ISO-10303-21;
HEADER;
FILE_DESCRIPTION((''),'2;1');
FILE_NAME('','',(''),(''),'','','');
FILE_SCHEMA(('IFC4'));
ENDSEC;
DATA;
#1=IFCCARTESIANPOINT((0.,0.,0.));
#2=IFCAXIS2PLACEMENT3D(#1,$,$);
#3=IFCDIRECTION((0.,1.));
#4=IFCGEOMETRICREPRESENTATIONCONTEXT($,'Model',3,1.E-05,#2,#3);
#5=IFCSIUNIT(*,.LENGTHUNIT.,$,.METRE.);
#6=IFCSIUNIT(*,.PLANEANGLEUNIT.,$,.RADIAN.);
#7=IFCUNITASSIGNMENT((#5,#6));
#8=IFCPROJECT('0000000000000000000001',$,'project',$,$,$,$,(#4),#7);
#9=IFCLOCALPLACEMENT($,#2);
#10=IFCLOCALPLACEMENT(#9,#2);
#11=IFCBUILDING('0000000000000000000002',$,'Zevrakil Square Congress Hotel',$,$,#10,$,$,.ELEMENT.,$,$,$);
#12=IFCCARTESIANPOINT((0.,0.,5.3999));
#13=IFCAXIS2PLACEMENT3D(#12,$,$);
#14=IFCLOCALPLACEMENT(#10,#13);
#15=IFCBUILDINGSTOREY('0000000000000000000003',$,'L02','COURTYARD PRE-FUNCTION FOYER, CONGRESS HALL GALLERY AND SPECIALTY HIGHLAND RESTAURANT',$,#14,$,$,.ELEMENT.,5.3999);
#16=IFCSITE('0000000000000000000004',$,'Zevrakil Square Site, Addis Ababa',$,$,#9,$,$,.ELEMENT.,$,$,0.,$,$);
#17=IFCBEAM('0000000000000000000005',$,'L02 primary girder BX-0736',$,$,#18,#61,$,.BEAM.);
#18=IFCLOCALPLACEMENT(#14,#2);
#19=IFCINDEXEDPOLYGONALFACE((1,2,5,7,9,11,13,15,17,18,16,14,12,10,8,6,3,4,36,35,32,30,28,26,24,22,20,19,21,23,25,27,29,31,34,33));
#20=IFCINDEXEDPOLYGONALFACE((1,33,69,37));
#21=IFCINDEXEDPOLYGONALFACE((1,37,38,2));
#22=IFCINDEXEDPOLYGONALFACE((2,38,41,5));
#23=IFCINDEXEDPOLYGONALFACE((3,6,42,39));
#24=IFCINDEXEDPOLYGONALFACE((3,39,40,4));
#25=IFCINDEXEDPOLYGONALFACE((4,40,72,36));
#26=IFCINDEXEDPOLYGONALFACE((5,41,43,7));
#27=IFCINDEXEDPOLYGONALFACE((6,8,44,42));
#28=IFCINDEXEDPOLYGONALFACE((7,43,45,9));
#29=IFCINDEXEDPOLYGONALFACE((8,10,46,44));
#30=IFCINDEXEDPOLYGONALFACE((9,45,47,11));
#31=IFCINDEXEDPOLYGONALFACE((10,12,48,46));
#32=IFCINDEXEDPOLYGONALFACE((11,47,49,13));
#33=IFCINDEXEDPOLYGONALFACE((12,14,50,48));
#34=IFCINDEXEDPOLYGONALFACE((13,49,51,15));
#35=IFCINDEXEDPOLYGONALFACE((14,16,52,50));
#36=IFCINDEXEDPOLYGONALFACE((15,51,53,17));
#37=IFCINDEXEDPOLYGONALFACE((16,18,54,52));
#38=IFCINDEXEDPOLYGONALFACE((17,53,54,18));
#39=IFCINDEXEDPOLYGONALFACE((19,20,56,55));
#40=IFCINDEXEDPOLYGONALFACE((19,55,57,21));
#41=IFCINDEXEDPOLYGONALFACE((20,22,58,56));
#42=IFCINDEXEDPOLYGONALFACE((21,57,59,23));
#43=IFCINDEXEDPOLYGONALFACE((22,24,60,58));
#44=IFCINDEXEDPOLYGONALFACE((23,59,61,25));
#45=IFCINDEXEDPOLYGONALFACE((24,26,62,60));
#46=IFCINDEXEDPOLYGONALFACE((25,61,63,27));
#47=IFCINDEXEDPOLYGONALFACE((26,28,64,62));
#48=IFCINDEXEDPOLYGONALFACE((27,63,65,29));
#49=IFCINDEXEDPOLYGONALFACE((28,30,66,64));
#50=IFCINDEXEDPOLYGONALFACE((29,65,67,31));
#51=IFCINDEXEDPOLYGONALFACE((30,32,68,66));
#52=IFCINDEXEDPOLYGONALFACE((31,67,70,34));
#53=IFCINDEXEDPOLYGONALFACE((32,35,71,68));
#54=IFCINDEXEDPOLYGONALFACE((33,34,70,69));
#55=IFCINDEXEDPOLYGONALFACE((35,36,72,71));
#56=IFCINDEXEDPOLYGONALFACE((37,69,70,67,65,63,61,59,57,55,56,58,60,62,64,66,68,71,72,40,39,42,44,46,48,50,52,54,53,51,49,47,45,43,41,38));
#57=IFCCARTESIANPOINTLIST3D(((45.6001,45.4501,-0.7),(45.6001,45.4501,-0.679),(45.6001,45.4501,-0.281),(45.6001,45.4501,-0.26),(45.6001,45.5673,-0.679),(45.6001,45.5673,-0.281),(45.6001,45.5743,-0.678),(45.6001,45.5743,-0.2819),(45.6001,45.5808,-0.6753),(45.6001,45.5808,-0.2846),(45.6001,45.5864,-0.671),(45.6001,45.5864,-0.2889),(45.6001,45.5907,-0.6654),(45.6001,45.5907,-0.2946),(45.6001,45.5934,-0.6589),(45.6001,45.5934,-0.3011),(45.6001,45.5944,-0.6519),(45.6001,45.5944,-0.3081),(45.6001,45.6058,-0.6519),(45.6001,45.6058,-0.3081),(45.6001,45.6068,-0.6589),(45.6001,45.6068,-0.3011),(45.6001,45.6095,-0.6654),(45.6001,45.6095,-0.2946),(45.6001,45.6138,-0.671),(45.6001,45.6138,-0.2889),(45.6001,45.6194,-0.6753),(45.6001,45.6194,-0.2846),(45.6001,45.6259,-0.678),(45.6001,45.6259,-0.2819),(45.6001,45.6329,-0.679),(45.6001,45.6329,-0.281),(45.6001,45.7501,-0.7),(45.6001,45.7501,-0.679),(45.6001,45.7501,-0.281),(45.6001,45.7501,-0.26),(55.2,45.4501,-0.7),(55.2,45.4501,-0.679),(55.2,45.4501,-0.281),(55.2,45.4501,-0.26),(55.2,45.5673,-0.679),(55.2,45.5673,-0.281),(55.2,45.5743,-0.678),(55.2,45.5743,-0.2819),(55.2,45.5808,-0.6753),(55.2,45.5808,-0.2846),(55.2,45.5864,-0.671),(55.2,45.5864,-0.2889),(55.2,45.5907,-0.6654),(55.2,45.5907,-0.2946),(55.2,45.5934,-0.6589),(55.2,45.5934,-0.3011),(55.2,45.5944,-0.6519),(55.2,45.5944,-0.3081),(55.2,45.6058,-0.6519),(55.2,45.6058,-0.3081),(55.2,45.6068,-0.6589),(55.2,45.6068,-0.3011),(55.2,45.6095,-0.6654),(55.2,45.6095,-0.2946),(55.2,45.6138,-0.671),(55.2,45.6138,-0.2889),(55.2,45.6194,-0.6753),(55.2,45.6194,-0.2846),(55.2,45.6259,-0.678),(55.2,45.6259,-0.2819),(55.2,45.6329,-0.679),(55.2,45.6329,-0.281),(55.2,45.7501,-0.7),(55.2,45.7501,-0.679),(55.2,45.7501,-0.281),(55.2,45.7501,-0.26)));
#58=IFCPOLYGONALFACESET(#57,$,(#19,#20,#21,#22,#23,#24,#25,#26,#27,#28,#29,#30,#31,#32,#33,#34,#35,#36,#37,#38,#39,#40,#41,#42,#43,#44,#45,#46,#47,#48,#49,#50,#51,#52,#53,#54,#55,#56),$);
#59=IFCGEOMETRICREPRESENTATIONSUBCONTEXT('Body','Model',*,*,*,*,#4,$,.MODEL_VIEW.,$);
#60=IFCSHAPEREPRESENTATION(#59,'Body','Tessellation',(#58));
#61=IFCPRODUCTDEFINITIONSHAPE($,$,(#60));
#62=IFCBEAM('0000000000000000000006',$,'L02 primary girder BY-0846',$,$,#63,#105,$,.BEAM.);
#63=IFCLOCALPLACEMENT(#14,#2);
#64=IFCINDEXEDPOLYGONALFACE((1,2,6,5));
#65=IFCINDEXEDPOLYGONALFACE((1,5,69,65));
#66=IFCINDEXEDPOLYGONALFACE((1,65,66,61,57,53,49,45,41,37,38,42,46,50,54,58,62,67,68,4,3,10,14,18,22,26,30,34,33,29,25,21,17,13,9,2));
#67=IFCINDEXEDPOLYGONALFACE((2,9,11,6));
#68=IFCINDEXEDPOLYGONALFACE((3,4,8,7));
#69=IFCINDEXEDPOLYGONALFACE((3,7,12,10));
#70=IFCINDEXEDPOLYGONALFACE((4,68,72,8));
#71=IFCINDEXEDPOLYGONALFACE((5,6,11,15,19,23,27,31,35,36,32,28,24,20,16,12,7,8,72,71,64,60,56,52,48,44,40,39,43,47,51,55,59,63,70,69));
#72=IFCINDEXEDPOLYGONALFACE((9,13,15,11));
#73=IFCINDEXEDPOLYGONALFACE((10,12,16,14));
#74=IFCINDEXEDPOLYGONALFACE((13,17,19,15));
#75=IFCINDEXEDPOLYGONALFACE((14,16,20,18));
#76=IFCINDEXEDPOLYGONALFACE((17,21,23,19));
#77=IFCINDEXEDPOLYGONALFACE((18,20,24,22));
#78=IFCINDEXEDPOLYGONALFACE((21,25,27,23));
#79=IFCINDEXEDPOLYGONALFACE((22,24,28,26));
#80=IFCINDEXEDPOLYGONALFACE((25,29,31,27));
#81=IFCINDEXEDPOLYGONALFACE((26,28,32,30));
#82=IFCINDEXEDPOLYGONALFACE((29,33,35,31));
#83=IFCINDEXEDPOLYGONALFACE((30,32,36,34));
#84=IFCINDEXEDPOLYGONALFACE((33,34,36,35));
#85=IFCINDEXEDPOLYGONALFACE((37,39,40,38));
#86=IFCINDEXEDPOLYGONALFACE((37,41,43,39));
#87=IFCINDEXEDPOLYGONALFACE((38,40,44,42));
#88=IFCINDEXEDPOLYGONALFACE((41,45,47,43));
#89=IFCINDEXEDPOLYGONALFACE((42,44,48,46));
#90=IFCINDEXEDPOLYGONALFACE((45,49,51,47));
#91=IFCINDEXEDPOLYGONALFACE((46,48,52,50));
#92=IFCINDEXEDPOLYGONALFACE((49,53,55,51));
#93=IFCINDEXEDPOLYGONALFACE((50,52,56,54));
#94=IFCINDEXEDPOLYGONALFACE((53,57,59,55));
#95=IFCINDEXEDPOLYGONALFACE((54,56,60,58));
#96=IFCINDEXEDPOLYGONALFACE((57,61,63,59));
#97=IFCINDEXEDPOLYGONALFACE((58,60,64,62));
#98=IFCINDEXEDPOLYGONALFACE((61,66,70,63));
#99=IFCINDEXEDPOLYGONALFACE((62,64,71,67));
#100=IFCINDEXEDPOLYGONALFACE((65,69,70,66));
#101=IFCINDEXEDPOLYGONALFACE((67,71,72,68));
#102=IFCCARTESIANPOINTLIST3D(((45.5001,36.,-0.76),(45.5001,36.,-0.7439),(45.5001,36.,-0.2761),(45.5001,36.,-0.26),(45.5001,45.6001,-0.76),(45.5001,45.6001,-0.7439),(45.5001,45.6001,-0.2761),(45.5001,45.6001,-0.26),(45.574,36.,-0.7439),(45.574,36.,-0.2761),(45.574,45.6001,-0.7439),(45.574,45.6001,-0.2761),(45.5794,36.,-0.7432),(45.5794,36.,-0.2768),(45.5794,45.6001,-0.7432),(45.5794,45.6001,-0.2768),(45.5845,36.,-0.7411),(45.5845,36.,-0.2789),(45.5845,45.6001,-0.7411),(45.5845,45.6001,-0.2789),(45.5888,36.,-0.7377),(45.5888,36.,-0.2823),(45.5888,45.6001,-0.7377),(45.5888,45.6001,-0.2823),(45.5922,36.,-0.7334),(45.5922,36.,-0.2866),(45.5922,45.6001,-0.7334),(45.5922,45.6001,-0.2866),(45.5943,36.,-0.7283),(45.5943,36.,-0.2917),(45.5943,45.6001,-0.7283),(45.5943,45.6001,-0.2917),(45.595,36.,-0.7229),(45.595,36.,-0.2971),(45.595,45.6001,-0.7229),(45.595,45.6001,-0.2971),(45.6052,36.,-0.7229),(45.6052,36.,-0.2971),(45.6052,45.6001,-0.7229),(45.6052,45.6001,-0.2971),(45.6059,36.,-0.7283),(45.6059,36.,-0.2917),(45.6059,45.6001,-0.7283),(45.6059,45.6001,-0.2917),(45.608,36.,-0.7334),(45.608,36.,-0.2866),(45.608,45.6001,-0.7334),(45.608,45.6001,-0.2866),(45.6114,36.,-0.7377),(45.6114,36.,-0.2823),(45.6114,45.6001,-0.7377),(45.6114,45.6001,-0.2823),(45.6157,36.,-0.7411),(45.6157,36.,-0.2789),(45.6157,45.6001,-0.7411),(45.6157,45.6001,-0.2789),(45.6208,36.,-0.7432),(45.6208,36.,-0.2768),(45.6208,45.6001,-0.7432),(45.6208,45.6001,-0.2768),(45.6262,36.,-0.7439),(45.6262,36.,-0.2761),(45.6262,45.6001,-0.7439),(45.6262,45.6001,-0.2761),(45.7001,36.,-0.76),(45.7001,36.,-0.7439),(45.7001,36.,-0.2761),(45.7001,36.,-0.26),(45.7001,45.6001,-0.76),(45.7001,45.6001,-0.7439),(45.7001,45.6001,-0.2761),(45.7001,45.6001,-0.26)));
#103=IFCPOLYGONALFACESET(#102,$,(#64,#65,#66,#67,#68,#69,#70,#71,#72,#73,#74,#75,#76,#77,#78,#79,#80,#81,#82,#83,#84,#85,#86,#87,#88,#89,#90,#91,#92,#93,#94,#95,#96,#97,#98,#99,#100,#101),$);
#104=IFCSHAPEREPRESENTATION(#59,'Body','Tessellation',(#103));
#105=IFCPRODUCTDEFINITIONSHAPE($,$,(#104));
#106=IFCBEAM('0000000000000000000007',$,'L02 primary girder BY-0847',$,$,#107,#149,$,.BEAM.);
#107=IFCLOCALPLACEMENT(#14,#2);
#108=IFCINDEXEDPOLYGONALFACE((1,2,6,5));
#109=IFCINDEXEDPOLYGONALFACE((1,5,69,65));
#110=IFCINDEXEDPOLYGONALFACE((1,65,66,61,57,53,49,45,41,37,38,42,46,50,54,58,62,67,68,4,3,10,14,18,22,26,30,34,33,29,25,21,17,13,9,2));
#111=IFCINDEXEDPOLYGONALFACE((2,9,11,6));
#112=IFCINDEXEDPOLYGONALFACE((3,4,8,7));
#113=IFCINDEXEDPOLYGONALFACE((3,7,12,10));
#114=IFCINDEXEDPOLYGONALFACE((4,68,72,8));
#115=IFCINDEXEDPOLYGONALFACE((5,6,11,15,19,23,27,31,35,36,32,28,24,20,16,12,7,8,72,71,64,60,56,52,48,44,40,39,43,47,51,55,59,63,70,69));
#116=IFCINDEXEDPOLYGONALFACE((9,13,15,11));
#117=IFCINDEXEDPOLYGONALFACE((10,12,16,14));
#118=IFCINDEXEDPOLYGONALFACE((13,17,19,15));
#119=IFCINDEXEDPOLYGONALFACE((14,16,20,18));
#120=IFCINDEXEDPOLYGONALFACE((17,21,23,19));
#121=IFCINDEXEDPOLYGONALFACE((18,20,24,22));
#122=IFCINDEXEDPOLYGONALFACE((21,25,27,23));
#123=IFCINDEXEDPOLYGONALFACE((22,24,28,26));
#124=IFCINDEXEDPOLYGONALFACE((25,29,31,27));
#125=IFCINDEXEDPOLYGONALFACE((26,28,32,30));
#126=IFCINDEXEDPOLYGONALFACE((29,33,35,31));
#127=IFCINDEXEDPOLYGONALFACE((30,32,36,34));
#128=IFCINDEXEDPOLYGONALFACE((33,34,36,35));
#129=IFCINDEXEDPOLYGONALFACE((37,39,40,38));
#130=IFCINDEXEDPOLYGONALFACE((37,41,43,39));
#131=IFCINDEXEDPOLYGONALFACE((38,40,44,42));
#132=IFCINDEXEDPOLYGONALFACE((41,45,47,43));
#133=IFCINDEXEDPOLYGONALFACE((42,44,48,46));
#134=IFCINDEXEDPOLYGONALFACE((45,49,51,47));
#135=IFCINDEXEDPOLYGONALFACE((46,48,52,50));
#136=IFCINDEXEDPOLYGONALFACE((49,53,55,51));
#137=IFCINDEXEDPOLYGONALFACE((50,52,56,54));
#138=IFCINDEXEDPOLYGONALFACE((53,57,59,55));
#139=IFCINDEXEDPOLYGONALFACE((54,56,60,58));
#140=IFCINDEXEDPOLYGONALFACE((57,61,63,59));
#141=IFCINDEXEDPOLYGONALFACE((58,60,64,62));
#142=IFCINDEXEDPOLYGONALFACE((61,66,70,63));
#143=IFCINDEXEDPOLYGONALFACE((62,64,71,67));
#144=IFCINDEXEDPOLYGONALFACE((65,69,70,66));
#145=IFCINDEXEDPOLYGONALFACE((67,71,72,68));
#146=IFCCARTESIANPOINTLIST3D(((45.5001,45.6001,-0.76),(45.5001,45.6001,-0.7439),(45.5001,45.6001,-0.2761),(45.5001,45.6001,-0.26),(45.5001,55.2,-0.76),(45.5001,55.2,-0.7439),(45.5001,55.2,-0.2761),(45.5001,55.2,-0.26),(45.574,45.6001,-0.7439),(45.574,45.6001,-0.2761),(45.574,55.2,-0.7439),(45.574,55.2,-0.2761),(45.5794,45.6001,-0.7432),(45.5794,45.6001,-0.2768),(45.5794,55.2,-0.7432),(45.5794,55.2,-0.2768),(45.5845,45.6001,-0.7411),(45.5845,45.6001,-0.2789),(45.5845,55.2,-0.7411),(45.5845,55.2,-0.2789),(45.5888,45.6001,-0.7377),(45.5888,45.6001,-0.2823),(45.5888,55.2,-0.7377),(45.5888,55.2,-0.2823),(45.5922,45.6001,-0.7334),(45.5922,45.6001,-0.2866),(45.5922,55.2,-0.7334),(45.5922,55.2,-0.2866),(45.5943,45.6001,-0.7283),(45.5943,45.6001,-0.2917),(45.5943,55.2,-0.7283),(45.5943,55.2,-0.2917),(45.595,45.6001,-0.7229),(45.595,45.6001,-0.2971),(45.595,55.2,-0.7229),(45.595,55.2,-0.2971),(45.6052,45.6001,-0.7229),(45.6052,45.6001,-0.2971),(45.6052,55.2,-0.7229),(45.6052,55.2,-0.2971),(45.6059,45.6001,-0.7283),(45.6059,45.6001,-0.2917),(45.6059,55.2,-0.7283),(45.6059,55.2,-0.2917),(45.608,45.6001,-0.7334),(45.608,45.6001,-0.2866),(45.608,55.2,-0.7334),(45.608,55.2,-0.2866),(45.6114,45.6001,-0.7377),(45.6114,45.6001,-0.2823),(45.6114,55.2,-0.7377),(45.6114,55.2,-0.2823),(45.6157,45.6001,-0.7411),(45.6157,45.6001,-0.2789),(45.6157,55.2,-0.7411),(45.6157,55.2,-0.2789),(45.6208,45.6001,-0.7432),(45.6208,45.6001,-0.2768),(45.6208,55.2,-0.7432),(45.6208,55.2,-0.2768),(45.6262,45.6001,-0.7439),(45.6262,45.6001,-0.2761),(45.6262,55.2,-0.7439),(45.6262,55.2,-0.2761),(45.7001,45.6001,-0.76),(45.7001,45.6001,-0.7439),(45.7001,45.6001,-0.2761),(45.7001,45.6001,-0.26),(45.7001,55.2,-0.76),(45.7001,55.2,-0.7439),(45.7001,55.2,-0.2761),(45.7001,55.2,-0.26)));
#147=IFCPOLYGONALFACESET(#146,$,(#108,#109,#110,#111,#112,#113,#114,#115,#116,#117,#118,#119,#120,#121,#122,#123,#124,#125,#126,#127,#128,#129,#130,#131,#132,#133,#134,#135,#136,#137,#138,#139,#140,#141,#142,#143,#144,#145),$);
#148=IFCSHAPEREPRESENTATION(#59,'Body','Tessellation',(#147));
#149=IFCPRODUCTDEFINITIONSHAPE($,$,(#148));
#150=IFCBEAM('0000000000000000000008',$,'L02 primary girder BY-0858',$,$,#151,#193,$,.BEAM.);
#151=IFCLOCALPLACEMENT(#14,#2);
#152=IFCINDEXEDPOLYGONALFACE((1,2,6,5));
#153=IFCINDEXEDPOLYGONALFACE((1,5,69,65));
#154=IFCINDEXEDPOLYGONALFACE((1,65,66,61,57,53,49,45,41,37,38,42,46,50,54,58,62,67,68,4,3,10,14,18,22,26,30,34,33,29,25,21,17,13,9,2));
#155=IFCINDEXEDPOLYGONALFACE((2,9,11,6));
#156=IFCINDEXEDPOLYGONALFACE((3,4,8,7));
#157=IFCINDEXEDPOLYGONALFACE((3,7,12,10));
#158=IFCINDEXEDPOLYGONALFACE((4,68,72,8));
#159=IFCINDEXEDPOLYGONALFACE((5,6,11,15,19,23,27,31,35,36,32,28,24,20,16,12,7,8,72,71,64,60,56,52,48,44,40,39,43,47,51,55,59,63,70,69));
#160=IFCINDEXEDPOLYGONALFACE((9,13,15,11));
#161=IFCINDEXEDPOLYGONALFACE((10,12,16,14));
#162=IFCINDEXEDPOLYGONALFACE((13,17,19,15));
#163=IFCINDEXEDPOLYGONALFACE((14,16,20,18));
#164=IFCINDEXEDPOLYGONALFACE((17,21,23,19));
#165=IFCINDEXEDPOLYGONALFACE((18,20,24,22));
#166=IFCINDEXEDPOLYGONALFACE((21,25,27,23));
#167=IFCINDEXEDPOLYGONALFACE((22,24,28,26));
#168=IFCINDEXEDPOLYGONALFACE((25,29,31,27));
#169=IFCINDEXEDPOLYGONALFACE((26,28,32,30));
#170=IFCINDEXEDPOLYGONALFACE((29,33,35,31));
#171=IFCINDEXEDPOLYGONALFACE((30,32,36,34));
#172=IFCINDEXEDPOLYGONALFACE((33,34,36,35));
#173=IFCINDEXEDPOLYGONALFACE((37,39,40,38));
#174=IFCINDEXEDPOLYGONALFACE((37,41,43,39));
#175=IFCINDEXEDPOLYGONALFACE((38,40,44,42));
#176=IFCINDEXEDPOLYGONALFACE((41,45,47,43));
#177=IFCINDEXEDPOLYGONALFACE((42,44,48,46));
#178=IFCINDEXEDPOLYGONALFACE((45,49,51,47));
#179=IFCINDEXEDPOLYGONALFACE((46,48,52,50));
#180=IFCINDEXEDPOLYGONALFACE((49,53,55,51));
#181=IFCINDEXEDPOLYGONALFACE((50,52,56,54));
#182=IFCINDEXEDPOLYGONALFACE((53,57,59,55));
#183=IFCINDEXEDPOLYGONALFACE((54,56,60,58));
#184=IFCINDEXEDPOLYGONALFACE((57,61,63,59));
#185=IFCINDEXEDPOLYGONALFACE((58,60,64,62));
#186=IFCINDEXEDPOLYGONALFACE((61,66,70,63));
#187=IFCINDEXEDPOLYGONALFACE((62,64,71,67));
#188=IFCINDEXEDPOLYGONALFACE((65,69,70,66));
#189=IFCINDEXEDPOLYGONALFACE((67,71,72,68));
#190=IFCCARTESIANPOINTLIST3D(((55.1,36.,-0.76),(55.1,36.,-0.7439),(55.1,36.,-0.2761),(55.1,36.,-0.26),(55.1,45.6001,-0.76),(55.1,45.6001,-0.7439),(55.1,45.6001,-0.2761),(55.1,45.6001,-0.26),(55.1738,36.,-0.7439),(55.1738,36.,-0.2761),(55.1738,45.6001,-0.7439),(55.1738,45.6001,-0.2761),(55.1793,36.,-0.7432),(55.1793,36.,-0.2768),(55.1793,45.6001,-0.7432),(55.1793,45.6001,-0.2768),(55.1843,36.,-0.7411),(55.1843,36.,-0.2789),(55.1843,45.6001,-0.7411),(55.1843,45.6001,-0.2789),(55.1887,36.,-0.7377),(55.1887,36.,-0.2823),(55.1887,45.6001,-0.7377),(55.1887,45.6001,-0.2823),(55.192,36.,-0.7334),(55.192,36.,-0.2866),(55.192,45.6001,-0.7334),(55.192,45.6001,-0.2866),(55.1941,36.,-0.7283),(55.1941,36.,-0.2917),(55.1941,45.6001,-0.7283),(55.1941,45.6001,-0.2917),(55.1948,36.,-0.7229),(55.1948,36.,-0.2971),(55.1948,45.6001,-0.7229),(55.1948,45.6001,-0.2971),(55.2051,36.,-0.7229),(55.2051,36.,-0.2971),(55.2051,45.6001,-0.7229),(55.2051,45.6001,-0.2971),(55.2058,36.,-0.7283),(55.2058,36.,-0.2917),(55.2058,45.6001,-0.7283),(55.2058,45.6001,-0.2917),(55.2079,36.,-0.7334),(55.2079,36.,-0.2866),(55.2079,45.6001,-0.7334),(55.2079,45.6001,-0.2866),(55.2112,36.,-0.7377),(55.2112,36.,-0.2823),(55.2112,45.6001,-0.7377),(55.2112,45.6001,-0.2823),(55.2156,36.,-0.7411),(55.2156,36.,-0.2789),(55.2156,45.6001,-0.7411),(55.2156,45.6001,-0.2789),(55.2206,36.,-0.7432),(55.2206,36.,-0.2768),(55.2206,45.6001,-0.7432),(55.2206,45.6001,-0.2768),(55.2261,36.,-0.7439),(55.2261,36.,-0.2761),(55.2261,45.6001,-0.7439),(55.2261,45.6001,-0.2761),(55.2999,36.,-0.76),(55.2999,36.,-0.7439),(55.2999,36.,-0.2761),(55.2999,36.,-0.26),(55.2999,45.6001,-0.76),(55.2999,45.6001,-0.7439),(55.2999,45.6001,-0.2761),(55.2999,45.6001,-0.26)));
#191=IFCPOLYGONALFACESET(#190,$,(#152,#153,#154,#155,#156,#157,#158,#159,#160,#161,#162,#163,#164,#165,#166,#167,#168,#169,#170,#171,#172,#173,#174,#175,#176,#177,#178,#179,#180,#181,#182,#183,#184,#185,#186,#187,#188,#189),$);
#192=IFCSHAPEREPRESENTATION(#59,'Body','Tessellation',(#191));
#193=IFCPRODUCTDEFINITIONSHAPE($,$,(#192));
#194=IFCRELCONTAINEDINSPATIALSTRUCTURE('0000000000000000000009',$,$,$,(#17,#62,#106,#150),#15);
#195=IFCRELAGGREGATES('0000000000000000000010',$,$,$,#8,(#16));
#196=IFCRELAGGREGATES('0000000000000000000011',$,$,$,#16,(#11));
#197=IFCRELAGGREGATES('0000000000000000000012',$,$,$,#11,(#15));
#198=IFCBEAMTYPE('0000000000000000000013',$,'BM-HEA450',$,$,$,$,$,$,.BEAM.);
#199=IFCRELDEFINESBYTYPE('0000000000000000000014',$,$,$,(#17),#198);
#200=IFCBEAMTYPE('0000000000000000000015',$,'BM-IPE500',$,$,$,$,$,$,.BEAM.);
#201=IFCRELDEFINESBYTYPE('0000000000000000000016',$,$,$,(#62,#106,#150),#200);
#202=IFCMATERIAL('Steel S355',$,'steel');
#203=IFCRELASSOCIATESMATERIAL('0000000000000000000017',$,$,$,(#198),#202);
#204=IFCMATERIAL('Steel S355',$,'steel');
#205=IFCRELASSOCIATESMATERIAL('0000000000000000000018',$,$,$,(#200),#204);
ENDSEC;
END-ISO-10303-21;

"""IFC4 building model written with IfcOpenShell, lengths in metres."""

from ifc_helpers import new_model, si_unit, direction, frame, origin, origin_2d, place, context, subcontext, project, spatial, i_section, extrude, material, material_profile, profile_set, type_object, element, save


model = new_model("IFC4")

# Units and contexts
model_context = context("Model", 3, precision=1e-05, world=origin(), true_north=direction((0.0, 1.0)))
body_context = subcontext(model_context, "Body", "Model", "MODEL_VIEW")
ifc_project = project(units=[si_unit("LENGTHUNIT", "METRE"), si_unit("PLANEANGLEUNIT", "RADIAN")], contexts=[model_context])

# Site, building, storey
site_placement = place(None, origin())
site = spatial("IfcSite", under=ifc_project, at=site_placement, Name="Zevrakil Square Site, Addis Ababa", CompositionType="ELEMENT", RefElevation=0.0)
building_placement = place(site_placement, origin())
building = spatial("IfcBuilding", under=site, at=building_placement, Name="Zevrakil Square Congress Hotel", CompositionType="ELEMENT")
storey_placement = place(building_placement, frame((0.0, 0.0, 5.3999)))
storey = spatial("IfcBuildingStorey", under=building, at=storey_placement, Name="L02", Description="COURTYARD PRE-FUNCTION FOYER, CONGRESS HALL GALLERY AND SPECIALTY HIGHLAND RESTAURANT", CompositionType="ELEMENT", Elevation=5.3999)

# Beams
ifc_material_1 = material(Name="Steel S355", Category="steel")
ifc_material_profile_1 = material_profile(ifc_material_1, i_section(OverallWidth=0.3, OverallDepth=0.4399, WebThickness=0.0115, FlangeThickness=0.021, FilletRadius=0.0271, at=origin_2d()), Name="HEA 450")
ifc_profile_set_1 = profile_set([ifc_material_profile_1], Name="Steel S355")
beam_type_1 = type_object("IfcBeamType", Name="BM-HEA450", PredefinedType="BEAM", material=ifc_profile_set_1)
beam_1_placement = place(storey_placement, frame((45.6001, 45.6001, -0.48), z_axis=(1.0, 0.0, 0.0), x_axis=(0.0, 1.0, 0.0)))
element("IfcBeam", 1, at=beam_1_placement, inside=storey, type_object=beam_type_1, Name="L02 primary girder BX-0736", PredefinedType="BEAM", context=body_context, shape_type="SweptSolid", body=[
    extrude(i_section(OverallWidth=0.3, OverallDepth=0.4399, WebThickness=0.0115, FlangeThickness=0.021, FilletRadius=0.0271, at=origin_2d()), origin(), (0.0, 0.0, 1.0), 9.5999),
])
ifc_material_2 = material(Name="Steel S355", Category="steel")
ifc_material_profile_2 = material_profile(ifc_material_2, i_section(OverallWidth=0.2, OverallDepth=0.5, WebThickness=0.0103, FlangeThickness=0.0161, FilletRadius=0.021, at=origin_2d()), Name="IPE 500")
ifc_profile_set_2 = profile_set([ifc_material_profile_2], Name="Steel S355")
beam_type_2 = type_object("IfcBeamType", Name="BM-IPE500", PredefinedType="BEAM", material=ifc_profile_set_2)
beam_2_placement = place(storey_placement, frame((45.6001, 36.0, -0.51), z_axis=(0.0, 1.0, 0.0), x_axis=(-1.0, 0.0, 0.0)))
element("IfcBeam", 2, at=beam_2_placement, inside=storey, type_object=beam_type_2, Name="L02 primary girder BY-0846", PredefinedType="BEAM", context=body_context, shape_type="SweptSolid", body=[
    extrude(i_section(OverallWidth=0.2, OverallDepth=0.5, WebThickness=0.0103, FlangeThickness=0.0161, FilletRadius=0.021, at=origin_2d()), origin(), (0.0, 0.0, 1.0), 9.6001),
])
beam_3_placement = place(storey_placement, frame((45.6001, 45.6001, -0.51), z_axis=(0.0, 1.0, 0.0), x_axis=(-1.0, 0.0, 0.0)))
element("IfcBeam", 3, at=beam_3_placement, inside=storey, type_object=beam_type_2, Name="L02 primary girder BY-0847", PredefinedType="BEAM", context=body_context, shape_type="SweptSolid", body=[
    extrude(i_section(OverallWidth=0.2, OverallDepth=0.5, WebThickness=0.0103, FlangeThickness=0.0161, FilletRadius=0.021, at=origin_2d()), origin(), (0.0, 0.0, 1.0), 9.5999),
])
beam_4_placement = place(storey_placement, frame((55.2, 36.0, -0.51), z_axis=(0.0, 1.0, 0.0), x_axis=(-1.0, 0.0, 0.0)))
element("IfcBeam", 4, at=beam_4_placement, inside=storey, type_object=beam_type_2, Name="L02 primary girder BY-0858", PredefinedType="BEAM", context=body_context, shape_type="SweptSolid", body=[
    extrude(i_section(OverallWidth=0.2, OverallDepth=0.5, WebThickness=0.0103, FlangeThickness=0.0161, FilletRadius=0.021, at=origin_2d()), origin(), (0.0, 0.0, 1.0), 9.6001),
])

save(model, "model.ifc")
